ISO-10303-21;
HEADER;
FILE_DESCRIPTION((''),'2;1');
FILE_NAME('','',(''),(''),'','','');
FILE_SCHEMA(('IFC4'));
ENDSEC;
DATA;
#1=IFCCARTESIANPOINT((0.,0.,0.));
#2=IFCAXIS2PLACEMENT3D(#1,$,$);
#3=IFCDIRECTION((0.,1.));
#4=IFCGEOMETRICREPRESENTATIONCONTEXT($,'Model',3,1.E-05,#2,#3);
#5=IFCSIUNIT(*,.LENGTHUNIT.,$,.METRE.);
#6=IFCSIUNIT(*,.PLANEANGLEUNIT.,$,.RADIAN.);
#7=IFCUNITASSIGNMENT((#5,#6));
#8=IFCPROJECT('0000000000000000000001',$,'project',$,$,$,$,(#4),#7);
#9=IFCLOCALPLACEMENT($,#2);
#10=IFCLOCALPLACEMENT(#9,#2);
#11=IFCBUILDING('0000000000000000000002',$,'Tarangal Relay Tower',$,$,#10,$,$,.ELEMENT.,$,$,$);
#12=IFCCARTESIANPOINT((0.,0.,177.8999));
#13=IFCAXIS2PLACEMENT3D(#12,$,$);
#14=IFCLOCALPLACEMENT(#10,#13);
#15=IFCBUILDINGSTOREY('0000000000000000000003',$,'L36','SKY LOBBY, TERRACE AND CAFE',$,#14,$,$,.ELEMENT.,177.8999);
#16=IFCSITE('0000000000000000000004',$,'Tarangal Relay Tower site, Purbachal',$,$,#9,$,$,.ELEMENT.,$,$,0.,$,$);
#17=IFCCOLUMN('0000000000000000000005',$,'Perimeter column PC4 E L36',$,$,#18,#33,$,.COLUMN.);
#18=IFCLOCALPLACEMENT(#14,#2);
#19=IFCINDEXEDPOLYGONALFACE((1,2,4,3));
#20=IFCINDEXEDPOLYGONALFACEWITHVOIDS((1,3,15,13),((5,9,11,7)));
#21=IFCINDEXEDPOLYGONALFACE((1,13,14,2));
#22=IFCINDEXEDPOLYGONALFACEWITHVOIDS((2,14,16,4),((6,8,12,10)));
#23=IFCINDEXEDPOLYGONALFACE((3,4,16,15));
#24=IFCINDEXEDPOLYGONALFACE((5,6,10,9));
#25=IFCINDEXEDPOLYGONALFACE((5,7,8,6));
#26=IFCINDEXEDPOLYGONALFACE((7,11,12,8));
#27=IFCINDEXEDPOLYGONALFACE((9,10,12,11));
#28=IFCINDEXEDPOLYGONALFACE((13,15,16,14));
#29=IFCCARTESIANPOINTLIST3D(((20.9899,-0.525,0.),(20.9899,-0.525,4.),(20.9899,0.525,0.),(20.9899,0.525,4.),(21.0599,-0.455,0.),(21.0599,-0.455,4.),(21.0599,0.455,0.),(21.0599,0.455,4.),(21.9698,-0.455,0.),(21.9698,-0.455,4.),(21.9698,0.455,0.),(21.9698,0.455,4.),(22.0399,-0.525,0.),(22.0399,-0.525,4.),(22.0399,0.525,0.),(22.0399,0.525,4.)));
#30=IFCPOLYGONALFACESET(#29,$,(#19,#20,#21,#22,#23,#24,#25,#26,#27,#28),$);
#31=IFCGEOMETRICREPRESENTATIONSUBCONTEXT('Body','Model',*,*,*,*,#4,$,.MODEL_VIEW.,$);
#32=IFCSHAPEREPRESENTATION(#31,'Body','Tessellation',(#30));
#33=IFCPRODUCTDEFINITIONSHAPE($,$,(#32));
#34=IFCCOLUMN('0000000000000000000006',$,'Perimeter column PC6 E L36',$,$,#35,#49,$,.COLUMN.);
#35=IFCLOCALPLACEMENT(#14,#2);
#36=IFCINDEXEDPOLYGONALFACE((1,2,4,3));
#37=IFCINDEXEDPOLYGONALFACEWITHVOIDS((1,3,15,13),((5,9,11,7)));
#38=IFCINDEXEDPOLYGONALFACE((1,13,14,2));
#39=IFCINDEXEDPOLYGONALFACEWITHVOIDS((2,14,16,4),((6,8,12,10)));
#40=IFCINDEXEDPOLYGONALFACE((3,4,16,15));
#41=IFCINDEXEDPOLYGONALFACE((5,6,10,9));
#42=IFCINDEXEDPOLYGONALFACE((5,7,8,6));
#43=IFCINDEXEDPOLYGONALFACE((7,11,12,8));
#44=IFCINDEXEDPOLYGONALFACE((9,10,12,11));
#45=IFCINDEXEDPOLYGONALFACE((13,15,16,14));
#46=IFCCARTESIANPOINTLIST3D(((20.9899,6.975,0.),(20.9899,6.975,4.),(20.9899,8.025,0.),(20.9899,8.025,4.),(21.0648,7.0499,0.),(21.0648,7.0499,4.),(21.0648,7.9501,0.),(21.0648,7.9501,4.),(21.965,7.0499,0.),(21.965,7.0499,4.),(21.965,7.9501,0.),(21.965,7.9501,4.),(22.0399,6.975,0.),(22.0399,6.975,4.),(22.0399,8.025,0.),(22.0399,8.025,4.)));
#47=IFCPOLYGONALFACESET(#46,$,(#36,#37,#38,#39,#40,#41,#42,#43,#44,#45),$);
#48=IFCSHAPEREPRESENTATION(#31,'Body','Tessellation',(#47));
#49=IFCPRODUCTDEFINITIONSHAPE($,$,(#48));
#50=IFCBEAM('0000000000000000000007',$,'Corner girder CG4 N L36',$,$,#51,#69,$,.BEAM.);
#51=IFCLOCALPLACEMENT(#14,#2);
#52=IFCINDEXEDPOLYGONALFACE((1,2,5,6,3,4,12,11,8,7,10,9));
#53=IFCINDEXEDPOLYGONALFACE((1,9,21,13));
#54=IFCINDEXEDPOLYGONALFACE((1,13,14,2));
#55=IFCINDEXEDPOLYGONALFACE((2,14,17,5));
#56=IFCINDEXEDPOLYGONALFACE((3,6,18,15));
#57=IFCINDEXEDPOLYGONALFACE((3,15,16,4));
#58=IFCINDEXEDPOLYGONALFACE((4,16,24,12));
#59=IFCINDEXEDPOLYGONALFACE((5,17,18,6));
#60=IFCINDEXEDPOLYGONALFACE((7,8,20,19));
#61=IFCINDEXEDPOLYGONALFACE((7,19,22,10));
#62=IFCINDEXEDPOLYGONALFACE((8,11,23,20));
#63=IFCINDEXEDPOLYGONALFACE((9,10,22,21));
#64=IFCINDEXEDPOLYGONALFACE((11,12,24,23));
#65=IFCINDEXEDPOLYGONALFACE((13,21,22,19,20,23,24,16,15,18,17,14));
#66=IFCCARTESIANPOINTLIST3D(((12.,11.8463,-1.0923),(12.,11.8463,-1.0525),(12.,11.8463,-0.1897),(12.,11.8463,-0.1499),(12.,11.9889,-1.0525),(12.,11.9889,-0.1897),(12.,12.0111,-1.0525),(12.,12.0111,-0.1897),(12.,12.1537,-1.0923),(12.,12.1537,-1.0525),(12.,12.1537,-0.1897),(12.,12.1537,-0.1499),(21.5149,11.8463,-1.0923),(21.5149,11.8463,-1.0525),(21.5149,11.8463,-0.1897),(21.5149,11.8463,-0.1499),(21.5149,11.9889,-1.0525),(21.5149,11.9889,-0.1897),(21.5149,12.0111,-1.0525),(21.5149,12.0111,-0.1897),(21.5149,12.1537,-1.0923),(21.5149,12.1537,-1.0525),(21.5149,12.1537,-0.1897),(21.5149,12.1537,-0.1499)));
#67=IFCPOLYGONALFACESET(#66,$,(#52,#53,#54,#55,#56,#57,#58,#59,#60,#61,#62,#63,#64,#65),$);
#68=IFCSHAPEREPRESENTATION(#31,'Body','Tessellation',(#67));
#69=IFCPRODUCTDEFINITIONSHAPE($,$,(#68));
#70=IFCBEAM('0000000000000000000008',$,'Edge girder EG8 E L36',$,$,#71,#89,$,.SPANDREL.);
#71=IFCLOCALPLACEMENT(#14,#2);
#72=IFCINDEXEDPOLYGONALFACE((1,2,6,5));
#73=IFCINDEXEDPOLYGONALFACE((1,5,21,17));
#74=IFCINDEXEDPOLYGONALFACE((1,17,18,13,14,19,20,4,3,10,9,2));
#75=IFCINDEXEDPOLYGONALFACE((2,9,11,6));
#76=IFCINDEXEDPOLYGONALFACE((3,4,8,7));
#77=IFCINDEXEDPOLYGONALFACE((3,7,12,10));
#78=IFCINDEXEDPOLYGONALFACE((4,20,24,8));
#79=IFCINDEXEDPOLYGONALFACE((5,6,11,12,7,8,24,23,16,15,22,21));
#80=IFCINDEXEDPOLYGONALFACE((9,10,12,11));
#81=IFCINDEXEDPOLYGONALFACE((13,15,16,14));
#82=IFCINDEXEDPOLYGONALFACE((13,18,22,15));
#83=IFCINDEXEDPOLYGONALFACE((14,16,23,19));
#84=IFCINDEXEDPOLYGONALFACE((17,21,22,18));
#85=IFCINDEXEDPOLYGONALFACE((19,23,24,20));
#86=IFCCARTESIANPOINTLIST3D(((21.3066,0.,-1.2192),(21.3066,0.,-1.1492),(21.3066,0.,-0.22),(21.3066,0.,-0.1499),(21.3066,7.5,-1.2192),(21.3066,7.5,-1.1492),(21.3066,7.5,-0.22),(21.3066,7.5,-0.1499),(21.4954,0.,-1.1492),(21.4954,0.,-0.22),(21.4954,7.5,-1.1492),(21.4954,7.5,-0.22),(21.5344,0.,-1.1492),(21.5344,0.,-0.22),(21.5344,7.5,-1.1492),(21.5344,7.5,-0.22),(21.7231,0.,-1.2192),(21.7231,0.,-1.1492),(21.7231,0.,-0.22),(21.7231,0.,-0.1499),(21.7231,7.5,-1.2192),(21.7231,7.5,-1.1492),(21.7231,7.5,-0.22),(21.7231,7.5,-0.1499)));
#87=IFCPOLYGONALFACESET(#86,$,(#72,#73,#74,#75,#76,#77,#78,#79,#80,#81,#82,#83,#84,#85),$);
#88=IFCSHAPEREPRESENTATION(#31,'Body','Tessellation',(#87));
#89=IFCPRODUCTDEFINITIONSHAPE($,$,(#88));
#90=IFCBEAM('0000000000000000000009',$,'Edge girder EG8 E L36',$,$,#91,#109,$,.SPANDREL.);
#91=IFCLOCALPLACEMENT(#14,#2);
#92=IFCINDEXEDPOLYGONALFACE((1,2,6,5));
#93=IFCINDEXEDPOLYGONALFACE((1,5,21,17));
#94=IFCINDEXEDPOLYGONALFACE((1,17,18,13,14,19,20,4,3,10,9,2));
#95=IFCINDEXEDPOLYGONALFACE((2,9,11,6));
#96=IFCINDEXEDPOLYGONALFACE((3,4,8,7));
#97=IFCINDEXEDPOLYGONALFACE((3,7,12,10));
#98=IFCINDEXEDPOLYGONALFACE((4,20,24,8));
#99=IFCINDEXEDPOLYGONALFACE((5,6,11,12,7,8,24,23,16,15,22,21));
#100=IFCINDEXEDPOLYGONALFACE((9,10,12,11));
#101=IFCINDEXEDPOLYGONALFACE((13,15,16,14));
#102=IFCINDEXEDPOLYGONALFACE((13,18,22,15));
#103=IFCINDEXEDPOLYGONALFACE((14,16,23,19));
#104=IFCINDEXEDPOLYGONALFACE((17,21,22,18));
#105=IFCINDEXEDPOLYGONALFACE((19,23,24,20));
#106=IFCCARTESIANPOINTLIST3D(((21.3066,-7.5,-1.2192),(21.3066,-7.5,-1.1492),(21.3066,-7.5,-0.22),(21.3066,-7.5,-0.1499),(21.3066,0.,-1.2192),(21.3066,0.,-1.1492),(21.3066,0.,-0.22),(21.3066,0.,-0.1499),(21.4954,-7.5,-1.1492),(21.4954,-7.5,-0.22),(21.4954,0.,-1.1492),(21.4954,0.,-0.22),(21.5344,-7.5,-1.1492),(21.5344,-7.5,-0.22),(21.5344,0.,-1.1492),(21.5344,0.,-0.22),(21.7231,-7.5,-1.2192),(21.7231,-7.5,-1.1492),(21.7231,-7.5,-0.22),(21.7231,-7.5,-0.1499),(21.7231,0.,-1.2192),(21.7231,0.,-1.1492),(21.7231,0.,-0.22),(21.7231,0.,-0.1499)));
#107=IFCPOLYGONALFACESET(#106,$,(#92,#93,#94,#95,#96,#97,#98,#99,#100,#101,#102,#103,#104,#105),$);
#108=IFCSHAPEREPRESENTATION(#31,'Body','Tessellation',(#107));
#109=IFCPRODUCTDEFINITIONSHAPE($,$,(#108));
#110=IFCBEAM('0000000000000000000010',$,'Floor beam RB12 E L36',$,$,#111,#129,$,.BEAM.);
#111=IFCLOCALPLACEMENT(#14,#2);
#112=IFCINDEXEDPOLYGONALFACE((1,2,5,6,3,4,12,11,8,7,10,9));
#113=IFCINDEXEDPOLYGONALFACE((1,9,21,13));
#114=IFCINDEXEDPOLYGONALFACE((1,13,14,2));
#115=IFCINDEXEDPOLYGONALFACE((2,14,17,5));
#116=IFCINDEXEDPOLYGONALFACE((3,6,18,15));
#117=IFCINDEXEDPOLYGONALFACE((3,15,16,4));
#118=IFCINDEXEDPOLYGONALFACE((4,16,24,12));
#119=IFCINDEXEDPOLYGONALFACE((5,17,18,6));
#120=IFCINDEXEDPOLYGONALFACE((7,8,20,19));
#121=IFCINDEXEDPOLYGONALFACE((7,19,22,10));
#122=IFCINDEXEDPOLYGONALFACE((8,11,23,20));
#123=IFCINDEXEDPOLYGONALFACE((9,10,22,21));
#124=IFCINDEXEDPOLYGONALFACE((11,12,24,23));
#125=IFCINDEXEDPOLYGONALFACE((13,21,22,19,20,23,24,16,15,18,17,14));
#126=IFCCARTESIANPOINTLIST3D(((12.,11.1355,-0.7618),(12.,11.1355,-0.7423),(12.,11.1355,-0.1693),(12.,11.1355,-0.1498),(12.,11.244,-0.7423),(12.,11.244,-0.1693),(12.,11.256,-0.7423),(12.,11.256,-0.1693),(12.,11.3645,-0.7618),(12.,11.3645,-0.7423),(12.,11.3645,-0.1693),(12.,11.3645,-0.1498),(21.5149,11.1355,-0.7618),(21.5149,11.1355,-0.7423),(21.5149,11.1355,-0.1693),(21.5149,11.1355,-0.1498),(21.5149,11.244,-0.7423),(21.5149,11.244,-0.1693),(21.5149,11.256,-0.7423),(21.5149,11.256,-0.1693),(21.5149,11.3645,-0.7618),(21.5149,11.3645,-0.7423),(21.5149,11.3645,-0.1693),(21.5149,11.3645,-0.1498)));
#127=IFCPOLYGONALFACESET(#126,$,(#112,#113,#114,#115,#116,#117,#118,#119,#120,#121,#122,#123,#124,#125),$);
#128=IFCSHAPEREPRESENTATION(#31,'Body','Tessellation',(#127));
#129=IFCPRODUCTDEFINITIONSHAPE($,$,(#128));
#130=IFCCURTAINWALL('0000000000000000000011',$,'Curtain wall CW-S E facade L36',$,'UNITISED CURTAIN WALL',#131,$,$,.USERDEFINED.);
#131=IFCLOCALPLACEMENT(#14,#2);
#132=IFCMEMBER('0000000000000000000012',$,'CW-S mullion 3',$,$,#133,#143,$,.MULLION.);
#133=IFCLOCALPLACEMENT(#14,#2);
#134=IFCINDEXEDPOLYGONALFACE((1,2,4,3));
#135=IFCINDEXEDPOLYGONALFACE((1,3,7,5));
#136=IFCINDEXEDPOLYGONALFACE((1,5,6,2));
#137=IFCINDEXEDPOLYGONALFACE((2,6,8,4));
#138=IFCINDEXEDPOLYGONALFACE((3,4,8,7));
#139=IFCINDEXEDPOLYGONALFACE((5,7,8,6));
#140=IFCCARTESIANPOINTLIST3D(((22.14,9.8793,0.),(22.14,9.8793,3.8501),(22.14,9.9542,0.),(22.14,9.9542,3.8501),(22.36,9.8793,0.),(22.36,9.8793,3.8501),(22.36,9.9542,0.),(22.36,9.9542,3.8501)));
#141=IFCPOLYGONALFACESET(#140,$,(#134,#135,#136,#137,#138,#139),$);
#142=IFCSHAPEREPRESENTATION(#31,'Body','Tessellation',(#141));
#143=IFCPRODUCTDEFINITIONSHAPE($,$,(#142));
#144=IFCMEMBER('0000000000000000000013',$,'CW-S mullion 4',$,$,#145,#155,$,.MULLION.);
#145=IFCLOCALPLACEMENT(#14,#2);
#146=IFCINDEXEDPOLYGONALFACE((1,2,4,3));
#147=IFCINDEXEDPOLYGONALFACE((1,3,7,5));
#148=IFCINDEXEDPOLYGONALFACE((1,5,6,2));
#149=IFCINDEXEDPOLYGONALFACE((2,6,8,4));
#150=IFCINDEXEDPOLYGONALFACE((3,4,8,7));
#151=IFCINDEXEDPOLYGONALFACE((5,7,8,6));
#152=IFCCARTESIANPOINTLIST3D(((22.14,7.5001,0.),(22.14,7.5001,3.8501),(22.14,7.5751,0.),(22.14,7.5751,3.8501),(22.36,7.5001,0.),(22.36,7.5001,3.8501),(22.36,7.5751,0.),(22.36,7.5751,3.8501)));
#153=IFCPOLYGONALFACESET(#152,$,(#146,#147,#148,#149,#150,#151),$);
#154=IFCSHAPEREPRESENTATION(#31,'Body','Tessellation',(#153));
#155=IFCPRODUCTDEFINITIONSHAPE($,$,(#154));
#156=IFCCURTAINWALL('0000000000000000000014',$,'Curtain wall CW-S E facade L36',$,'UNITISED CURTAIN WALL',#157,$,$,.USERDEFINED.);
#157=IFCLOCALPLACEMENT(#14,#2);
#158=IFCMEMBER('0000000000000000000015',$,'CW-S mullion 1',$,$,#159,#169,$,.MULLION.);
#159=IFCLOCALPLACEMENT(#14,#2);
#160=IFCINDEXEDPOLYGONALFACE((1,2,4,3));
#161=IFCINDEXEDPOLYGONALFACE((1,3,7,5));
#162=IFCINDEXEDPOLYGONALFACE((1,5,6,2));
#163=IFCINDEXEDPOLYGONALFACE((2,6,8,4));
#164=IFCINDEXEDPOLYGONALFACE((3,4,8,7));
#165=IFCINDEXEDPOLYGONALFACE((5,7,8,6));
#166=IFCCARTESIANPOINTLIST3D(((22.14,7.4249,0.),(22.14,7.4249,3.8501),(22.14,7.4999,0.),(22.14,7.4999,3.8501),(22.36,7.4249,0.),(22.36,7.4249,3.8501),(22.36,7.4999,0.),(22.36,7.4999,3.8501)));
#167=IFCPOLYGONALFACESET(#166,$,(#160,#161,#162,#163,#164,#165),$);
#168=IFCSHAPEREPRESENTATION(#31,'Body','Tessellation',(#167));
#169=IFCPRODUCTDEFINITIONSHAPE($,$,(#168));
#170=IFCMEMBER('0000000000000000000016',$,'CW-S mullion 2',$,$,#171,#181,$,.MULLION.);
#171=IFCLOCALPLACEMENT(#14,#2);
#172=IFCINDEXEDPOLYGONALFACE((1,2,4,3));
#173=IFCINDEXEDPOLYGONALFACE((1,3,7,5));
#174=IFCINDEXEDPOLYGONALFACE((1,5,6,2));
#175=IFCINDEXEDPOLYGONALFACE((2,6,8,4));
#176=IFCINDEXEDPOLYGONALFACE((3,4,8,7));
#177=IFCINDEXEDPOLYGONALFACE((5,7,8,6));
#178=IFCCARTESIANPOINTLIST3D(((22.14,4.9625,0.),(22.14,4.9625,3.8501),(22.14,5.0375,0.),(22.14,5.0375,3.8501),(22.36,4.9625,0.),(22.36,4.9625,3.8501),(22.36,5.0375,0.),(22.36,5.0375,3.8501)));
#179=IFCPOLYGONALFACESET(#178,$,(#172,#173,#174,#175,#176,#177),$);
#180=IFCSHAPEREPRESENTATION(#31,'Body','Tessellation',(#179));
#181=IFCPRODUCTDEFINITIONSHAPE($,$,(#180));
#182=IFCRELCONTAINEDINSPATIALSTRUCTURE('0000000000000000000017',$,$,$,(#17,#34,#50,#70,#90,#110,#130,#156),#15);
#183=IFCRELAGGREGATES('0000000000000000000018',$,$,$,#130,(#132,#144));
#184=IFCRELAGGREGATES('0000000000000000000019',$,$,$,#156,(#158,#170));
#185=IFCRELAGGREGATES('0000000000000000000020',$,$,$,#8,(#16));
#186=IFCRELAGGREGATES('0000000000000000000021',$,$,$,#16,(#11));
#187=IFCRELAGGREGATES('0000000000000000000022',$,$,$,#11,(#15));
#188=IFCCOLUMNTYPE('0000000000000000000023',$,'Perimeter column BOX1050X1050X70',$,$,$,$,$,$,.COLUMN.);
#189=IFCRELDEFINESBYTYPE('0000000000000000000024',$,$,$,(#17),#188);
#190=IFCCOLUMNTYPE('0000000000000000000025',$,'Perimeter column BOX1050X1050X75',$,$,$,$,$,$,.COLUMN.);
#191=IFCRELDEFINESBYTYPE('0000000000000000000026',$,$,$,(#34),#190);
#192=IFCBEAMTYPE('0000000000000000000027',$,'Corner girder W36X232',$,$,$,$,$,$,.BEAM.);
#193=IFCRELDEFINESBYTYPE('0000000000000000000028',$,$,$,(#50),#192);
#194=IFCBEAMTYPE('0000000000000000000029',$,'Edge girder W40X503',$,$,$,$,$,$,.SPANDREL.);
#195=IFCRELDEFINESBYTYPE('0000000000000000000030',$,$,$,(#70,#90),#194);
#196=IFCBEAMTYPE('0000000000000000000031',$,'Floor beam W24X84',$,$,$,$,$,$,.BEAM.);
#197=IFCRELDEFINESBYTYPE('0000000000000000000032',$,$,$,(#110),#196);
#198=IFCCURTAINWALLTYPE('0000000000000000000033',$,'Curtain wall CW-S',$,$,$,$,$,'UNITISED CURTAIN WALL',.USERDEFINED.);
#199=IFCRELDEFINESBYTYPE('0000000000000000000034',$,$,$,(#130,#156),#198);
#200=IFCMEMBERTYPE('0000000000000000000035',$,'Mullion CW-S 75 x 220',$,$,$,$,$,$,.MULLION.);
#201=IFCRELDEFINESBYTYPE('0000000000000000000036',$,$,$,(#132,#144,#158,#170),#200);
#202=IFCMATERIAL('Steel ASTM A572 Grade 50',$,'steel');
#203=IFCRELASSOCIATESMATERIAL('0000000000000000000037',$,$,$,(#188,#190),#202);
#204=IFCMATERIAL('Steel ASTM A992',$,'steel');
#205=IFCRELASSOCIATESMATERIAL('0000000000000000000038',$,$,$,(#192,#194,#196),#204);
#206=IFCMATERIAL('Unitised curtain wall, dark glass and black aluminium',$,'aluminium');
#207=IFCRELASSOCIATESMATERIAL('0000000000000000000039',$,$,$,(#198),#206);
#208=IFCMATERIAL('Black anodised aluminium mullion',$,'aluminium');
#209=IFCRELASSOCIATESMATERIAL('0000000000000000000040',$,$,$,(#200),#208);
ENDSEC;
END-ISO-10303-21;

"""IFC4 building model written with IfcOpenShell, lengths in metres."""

from ifc_helpers import new_model, si_unit, direction, frame, origin, origin_2d, place, context, subcontext, project, spatial, rectangle, hollow_rectangle, i_section, extrude, material, material_profile, profile_set, type_object, element, aggregate, save


model = new_model("IFC4")

# Units and contexts
model_context = context("Model", 3, precision=1e-05, world=origin(), true_north=direction((0.0, 1.0)))
body_context = subcontext(model_context, "Body", "Model", "MODEL_VIEW")
ifc_project = project(units=[si_unit("LENGTHUNIT", "METRE"), si_unit("PLANEANGLEUNIT", "RADIAN")], contexts=[model_context])

# Site, building, storey
site_placement = place(None, origin())
site = spatial("IfcSite", under=ifc_project, at=site_placement, Name="Tarangal Relay Tower site, Purbachal", CompositionType="ELEMENT", RefElevation=0.0)
building_placement = place(site_placement, origin())
building = spatial("IfcBuilding", under=site, at=building_placement, Name="Tarangal Relay Tower", CompositionType="ELEMENT")
storey_placement = place(building_placement, frame((0.0, 0.0, 177.8999)))
storey = spatial("IfcBuildingStorey", under=building, at=storey_placement, Name="L36", Description="SKY LOBBY, TERRACE AND CAFE", CompositionType="ELEMENT", Elevation=177.8999)

# Columns
ifc_material_1 = material(Name="Steel ASTM A572 Grade 50", Category="steel")
ifc_material_profile_1 = material_profile(ifc_material_1, hollow_rectangle(XDim=1.05, YDim=1.05, WallThickness=0.0701, at=origin_2d()), Name="BOX1050X1050X70")
ifc_profile_set_1 = profile_set([ifc_material_profile_1], Name="Steel ASTM A572 Grade 50")
column_type_1 = type_object("IfcColumnType", Name="Perimeter column BOX1050X1050X70", PredefinedType="COLUMN", material=ifc_profile_set_1)
column_1_placement = place(storey_placement, frame((21.5149, 0.0, 0.0), z_axis=(0.0, 0.0, 1.0), x_axis=(1.0, 0.0, 0.0)))
element("IfcColumn", 1, at=column_1_placement, inside=storey, type_object=column_type_1, Name="Perimeter column PC4 E L36", PredefinedType="COLUMN", context=body_context, shape_type="SweptSolid", body=[
    extrude(hollow_rectangle(XDim=1.05, YDim=1.05, WallThickness=0.0701, at=origin_2d()), origin(), (0.0, 0.0, 1.0), 4.0),
])
ifc_material_profile_2 = material_profile(ifc_material_1, hollow_rectangle(XDim=1.05, YDim=1.05, WallThickness=0.075, at=origin_2d()), Name="BOX1050X1050X75")
ifc_profile_set_2 = profile_set([ifc_material_profile_2], Name="Steel ASTM A572 Grade 50")
column_type_2 = type_object("IfcColumnType", Name="Perimeter column BOX1050X1050X75", PredefinedType="COLUMN", material=ifc_profile_set_2)
column_2_placement = place(storey_placement, frame((21.5149, 7.5, 0.0), z_axis=(0.0, 0.0, 1.0), x_axis=(1.0, 0.0, 0.0)))
element("IfcColumn", 2, at=column_2_placement, inside=storey, type_object=column_type_2, Name="Perimeter column PC6 E L36", PredefinedType="COLUMN", context=body_context, shape_type="SweptSolid", body=[
    extrude(hollow_rectangle(XDim=1.05, YDim=1.05, WallThickness=0.075, at=origin_2d()), origin(), (0.0, 0.0, 1.0), 4.0),
])

# Beams
ifc_material_2 = material(Name="Steel ASTM A992", Category="steel")
ifc_material_profile_3 = material_profile(ifc_material_2, i_section(OverallWidth=0.3074, OverallDepth=0.9424, WebThickness=0.0222, FlangeThickness=0.0398, at=origin_2d()), Name="W36X232")
ifc_profile_set_3 = profile_set([ifc_material_profile_3], Name="Steel ASTM A992")
beam_type_1 = type_object("IfcBeamType", Name="Corner girder W36X232", PredefinedType="BEAM", material=ifc_profile_set_3)
beam_1_placement = place(storey_placement, frame((12.0, 12.0, -0.6211), z_axis=(1.0, 0.0, 0.0), x_axis=(0.0, 1.0, 0.0)))
element("IfcBeam", 3, at=beam_1_placement, inside=storey, type_object=beam_type_1, Name="Corner girder CG4 N L36", PredefinedType="BEAM", context=body_context, shape_type="SweptSolid", body=[
    extrude(i_section(OverallWidth=0.3074, OverallDepth=0.9424, WebThickness=0.0222, FlangeThickness=0.0398, at=origin_2d()), origin(), (0.0, 0.0, 1.0), 9.5149),
])
ifc_material_profile_4 = material_profile(ifc_material_2, i_section(OverallWidth=0.4165, OverallDepth=1.0693, WebThickness=0.0391, FlangeThickness=0.0701, at=origin_2d()), Name="W40X503")
ifc_profile_set_4 = profile_set([ifc_material_profile_4], Name="Steel ASTM A992")
beam_type_2 = type_object("IfcBeamType", Name="Edge girder W40X503", PredefinedType="SPANDREL", material=ifc_profile_set_4)
for number, where, z_axis, x_axis, name in (
    (4, (21.5149, 7.5, -0.6846), (0.0, -1.0, 0.0), (1.0, 0.0, 0.0), "Edge girder EG8 E L36"),
    (5, (21.5149, 0.0, -0.6846), (0.0, -1.0, 0.0), (1.0, 0.0, 0.0), "Edge girder EG8 E L36"),
):
    element("IfcBeam", number, at=place(storey_placement, frame(where, z_axis=z_axis, x_axis=x_axis)), inside=storey, type_object=beam_type_2, Name=name, PredefinedType="SPANDREL", context=body_context, shape_type="SweptSolid", body=[
        extrude(i_section(OverallWidth=0.4165, OverallDepth=1.0693, WebThickness=0.0391, FlangeThickness=0.0701, at=origin_2d()), origin(), (0.0, 0.0, 1.0), 7.5),
    ])
ifc_material_profile_5 = material_profile(ifc_material_2, i_section(OverallWidth=0.229, OverallDepth=0.6121, WebThickness=0.012, FlangeThickness=0.0195, at=origin_2d()), Name="W24X84")
ifc_profile_set_5 = profile_set([ifc_material_profile_5], Name="Steel ASTM A992")
beam_type_3 = type_object("IfcBeamType", Name="Floor beam W24X84", PredefinedType="BEAM", material=ifc_profile_set_5)
beam_2_placement = place(storey_placement, frame((12.0, 11.25, -0.4558), z_axis=(1.0, 0.0, 0.0), x_axis=(0.0, 1.0, 0.0)))
element("IfcBeam", 6, at=beam_2_placement, inside=storey, type_object=beam_type_3, Name="Floor beam RB12 E L36", PredefinedType="BEAM", context=body_context, shape_type="SweptSolid", body=[
    extrude(i_section(OverallWidth=0.229, OverallDepth=0.6121, WebThickness=0.012, FlangeThickness=0.0195, at=origin_2d()), origin(), (0.0, 0.0, 1.0), 9.5149),
])

# Curtain walls, members
ifc_material_3 = material(Name="Unitised curtain wall, dark glass and black aluminium", Category="aluminium")
curtain_wall_type = type_object("IfcCurtainWallType", Name="Curtain wall CW-S", ElementType="UNITISED CURTAIN WALL", PredefinedType="USERDEFINED", material=ifc_material_3)
curtain_wall_1_placement = place(storey_placement, origin())
curtain_wall_1 = element("IfcCurtainWall", 7, at=curtain_wall_1_placement, inside=storey, type_object=curtain_wall_type, Name="Curtain wall CW-S E facade L36", ObjectType="UNITISED CURTAIN WALL", PredefinedType="USERDEFINED")
ifc_material_4 = material(Name="Black anodised aluminium mullion", Category="aluminium")
ifc_material_profile_6 = material_profile(ifc_material_4, rectangle(XDim=0.22, YDim=0.075, at=origin_2d()), Name="CW-SM 75X220")
ifc_profile_set_6 = profile_set([ifc_material_profile_6], Name="Black anodised aluminium mullion")
member_type_1 = type_object("IfcMemberType", Name="Mullion CW-S 75 x 220", PredefinedType="MULLION", material=ifc_profile_set_6)
member_1_placement = place(storey_placement, frame((22.25, 9.9167, 0.0), z_axis=(0.0, 0.0, 1.0), x_axis=(1.0, 0.0, 0.0)))
member_1 = element("IfcMember", 8, at=member_1_placement, type_object=member_type_1, Name="CW-S mullion 3", PredefinedType="MULLION", context=body_context, shape_type="SweptSolid", body=[
    extrude(rectangle(XDim=0.22, YDim=0.075, at=origin_2d()), origin(), (0.0, 0.0, 1.0), 3.8501),
])
member_2_placement = place(storey_placement, frame((22.25, 7.5376, 0.0), z_axis=(0.0, 0.0, 1.0), x_axis=(1.0, 0.0, 0.0)))
member_2 = element("IfcMember", 9, at=member_2_placement, type_object=member_type_1, Name="CW-S mullion 4", PredefinedType="MULLION", context=body_context, shape_type="SweptSolid", body=[
    extrude(rectangle(XDim=0.22, YDim=0.075, at=origin_2d()), origin(), (0.0, 0.0, 1.0), 3.8501),
])
curtain_wall_2_placement = place(storey_placement, origin())
curtain_wall_2 = element("IfcCurtainWall", 10, at=curtain_wall_2_placement, inside=storey, type_object=curtain_wall_type, Name="Curtain wall CW-S E facade L36", ObjectType="UNITISED CURTAIN WALL", PredefinedType="USERDEFINED")
member_3_placement = place(storey_placement, frame((22.25, 7.4624, 0.0), z_axis=(0.0, 0.0, 1.0), x_axis=(1.0, 0.0, 0.0)))
member_3 = element("IfcMember", 11, at=member_3_placement, type_object=member_type_1, Name="CW-S mullion 1", PredefinedType="MULLION", context=body_context, shape_type="SweptSolid", body=[
    extrude(rectangle(XDim=0.22, YDim=0.075, at=origin_2d()), origin(), (0.0, 0.0, 1.0), 3.8501),
])
member_4_placement = place(storey_placement, frame((22.25, 5.0, 0.0), z_axis=(0.0, 0.0, 1.0), x_axis=(1.0, 0.0, 0.0)))
member_4 = element("IfcMember", 12, at=member_4_placement, type_object=member_type_1, Name="CW-S mullion 2", PredefinedType="MULLION", context=body_context, shape_type="SweptSolid", body=[
    extrude(rectangle(XDim=0.22, YDim=0.075, at=origin_2d()), origin(), (0.0, 0.0, 1.0), 3.8501),
])

aggregate(curtain_wall_1, [member_1, member_2])
aggregate(curtain_wall_2, [member_3, member_4])

save(model, "model.ifc")
